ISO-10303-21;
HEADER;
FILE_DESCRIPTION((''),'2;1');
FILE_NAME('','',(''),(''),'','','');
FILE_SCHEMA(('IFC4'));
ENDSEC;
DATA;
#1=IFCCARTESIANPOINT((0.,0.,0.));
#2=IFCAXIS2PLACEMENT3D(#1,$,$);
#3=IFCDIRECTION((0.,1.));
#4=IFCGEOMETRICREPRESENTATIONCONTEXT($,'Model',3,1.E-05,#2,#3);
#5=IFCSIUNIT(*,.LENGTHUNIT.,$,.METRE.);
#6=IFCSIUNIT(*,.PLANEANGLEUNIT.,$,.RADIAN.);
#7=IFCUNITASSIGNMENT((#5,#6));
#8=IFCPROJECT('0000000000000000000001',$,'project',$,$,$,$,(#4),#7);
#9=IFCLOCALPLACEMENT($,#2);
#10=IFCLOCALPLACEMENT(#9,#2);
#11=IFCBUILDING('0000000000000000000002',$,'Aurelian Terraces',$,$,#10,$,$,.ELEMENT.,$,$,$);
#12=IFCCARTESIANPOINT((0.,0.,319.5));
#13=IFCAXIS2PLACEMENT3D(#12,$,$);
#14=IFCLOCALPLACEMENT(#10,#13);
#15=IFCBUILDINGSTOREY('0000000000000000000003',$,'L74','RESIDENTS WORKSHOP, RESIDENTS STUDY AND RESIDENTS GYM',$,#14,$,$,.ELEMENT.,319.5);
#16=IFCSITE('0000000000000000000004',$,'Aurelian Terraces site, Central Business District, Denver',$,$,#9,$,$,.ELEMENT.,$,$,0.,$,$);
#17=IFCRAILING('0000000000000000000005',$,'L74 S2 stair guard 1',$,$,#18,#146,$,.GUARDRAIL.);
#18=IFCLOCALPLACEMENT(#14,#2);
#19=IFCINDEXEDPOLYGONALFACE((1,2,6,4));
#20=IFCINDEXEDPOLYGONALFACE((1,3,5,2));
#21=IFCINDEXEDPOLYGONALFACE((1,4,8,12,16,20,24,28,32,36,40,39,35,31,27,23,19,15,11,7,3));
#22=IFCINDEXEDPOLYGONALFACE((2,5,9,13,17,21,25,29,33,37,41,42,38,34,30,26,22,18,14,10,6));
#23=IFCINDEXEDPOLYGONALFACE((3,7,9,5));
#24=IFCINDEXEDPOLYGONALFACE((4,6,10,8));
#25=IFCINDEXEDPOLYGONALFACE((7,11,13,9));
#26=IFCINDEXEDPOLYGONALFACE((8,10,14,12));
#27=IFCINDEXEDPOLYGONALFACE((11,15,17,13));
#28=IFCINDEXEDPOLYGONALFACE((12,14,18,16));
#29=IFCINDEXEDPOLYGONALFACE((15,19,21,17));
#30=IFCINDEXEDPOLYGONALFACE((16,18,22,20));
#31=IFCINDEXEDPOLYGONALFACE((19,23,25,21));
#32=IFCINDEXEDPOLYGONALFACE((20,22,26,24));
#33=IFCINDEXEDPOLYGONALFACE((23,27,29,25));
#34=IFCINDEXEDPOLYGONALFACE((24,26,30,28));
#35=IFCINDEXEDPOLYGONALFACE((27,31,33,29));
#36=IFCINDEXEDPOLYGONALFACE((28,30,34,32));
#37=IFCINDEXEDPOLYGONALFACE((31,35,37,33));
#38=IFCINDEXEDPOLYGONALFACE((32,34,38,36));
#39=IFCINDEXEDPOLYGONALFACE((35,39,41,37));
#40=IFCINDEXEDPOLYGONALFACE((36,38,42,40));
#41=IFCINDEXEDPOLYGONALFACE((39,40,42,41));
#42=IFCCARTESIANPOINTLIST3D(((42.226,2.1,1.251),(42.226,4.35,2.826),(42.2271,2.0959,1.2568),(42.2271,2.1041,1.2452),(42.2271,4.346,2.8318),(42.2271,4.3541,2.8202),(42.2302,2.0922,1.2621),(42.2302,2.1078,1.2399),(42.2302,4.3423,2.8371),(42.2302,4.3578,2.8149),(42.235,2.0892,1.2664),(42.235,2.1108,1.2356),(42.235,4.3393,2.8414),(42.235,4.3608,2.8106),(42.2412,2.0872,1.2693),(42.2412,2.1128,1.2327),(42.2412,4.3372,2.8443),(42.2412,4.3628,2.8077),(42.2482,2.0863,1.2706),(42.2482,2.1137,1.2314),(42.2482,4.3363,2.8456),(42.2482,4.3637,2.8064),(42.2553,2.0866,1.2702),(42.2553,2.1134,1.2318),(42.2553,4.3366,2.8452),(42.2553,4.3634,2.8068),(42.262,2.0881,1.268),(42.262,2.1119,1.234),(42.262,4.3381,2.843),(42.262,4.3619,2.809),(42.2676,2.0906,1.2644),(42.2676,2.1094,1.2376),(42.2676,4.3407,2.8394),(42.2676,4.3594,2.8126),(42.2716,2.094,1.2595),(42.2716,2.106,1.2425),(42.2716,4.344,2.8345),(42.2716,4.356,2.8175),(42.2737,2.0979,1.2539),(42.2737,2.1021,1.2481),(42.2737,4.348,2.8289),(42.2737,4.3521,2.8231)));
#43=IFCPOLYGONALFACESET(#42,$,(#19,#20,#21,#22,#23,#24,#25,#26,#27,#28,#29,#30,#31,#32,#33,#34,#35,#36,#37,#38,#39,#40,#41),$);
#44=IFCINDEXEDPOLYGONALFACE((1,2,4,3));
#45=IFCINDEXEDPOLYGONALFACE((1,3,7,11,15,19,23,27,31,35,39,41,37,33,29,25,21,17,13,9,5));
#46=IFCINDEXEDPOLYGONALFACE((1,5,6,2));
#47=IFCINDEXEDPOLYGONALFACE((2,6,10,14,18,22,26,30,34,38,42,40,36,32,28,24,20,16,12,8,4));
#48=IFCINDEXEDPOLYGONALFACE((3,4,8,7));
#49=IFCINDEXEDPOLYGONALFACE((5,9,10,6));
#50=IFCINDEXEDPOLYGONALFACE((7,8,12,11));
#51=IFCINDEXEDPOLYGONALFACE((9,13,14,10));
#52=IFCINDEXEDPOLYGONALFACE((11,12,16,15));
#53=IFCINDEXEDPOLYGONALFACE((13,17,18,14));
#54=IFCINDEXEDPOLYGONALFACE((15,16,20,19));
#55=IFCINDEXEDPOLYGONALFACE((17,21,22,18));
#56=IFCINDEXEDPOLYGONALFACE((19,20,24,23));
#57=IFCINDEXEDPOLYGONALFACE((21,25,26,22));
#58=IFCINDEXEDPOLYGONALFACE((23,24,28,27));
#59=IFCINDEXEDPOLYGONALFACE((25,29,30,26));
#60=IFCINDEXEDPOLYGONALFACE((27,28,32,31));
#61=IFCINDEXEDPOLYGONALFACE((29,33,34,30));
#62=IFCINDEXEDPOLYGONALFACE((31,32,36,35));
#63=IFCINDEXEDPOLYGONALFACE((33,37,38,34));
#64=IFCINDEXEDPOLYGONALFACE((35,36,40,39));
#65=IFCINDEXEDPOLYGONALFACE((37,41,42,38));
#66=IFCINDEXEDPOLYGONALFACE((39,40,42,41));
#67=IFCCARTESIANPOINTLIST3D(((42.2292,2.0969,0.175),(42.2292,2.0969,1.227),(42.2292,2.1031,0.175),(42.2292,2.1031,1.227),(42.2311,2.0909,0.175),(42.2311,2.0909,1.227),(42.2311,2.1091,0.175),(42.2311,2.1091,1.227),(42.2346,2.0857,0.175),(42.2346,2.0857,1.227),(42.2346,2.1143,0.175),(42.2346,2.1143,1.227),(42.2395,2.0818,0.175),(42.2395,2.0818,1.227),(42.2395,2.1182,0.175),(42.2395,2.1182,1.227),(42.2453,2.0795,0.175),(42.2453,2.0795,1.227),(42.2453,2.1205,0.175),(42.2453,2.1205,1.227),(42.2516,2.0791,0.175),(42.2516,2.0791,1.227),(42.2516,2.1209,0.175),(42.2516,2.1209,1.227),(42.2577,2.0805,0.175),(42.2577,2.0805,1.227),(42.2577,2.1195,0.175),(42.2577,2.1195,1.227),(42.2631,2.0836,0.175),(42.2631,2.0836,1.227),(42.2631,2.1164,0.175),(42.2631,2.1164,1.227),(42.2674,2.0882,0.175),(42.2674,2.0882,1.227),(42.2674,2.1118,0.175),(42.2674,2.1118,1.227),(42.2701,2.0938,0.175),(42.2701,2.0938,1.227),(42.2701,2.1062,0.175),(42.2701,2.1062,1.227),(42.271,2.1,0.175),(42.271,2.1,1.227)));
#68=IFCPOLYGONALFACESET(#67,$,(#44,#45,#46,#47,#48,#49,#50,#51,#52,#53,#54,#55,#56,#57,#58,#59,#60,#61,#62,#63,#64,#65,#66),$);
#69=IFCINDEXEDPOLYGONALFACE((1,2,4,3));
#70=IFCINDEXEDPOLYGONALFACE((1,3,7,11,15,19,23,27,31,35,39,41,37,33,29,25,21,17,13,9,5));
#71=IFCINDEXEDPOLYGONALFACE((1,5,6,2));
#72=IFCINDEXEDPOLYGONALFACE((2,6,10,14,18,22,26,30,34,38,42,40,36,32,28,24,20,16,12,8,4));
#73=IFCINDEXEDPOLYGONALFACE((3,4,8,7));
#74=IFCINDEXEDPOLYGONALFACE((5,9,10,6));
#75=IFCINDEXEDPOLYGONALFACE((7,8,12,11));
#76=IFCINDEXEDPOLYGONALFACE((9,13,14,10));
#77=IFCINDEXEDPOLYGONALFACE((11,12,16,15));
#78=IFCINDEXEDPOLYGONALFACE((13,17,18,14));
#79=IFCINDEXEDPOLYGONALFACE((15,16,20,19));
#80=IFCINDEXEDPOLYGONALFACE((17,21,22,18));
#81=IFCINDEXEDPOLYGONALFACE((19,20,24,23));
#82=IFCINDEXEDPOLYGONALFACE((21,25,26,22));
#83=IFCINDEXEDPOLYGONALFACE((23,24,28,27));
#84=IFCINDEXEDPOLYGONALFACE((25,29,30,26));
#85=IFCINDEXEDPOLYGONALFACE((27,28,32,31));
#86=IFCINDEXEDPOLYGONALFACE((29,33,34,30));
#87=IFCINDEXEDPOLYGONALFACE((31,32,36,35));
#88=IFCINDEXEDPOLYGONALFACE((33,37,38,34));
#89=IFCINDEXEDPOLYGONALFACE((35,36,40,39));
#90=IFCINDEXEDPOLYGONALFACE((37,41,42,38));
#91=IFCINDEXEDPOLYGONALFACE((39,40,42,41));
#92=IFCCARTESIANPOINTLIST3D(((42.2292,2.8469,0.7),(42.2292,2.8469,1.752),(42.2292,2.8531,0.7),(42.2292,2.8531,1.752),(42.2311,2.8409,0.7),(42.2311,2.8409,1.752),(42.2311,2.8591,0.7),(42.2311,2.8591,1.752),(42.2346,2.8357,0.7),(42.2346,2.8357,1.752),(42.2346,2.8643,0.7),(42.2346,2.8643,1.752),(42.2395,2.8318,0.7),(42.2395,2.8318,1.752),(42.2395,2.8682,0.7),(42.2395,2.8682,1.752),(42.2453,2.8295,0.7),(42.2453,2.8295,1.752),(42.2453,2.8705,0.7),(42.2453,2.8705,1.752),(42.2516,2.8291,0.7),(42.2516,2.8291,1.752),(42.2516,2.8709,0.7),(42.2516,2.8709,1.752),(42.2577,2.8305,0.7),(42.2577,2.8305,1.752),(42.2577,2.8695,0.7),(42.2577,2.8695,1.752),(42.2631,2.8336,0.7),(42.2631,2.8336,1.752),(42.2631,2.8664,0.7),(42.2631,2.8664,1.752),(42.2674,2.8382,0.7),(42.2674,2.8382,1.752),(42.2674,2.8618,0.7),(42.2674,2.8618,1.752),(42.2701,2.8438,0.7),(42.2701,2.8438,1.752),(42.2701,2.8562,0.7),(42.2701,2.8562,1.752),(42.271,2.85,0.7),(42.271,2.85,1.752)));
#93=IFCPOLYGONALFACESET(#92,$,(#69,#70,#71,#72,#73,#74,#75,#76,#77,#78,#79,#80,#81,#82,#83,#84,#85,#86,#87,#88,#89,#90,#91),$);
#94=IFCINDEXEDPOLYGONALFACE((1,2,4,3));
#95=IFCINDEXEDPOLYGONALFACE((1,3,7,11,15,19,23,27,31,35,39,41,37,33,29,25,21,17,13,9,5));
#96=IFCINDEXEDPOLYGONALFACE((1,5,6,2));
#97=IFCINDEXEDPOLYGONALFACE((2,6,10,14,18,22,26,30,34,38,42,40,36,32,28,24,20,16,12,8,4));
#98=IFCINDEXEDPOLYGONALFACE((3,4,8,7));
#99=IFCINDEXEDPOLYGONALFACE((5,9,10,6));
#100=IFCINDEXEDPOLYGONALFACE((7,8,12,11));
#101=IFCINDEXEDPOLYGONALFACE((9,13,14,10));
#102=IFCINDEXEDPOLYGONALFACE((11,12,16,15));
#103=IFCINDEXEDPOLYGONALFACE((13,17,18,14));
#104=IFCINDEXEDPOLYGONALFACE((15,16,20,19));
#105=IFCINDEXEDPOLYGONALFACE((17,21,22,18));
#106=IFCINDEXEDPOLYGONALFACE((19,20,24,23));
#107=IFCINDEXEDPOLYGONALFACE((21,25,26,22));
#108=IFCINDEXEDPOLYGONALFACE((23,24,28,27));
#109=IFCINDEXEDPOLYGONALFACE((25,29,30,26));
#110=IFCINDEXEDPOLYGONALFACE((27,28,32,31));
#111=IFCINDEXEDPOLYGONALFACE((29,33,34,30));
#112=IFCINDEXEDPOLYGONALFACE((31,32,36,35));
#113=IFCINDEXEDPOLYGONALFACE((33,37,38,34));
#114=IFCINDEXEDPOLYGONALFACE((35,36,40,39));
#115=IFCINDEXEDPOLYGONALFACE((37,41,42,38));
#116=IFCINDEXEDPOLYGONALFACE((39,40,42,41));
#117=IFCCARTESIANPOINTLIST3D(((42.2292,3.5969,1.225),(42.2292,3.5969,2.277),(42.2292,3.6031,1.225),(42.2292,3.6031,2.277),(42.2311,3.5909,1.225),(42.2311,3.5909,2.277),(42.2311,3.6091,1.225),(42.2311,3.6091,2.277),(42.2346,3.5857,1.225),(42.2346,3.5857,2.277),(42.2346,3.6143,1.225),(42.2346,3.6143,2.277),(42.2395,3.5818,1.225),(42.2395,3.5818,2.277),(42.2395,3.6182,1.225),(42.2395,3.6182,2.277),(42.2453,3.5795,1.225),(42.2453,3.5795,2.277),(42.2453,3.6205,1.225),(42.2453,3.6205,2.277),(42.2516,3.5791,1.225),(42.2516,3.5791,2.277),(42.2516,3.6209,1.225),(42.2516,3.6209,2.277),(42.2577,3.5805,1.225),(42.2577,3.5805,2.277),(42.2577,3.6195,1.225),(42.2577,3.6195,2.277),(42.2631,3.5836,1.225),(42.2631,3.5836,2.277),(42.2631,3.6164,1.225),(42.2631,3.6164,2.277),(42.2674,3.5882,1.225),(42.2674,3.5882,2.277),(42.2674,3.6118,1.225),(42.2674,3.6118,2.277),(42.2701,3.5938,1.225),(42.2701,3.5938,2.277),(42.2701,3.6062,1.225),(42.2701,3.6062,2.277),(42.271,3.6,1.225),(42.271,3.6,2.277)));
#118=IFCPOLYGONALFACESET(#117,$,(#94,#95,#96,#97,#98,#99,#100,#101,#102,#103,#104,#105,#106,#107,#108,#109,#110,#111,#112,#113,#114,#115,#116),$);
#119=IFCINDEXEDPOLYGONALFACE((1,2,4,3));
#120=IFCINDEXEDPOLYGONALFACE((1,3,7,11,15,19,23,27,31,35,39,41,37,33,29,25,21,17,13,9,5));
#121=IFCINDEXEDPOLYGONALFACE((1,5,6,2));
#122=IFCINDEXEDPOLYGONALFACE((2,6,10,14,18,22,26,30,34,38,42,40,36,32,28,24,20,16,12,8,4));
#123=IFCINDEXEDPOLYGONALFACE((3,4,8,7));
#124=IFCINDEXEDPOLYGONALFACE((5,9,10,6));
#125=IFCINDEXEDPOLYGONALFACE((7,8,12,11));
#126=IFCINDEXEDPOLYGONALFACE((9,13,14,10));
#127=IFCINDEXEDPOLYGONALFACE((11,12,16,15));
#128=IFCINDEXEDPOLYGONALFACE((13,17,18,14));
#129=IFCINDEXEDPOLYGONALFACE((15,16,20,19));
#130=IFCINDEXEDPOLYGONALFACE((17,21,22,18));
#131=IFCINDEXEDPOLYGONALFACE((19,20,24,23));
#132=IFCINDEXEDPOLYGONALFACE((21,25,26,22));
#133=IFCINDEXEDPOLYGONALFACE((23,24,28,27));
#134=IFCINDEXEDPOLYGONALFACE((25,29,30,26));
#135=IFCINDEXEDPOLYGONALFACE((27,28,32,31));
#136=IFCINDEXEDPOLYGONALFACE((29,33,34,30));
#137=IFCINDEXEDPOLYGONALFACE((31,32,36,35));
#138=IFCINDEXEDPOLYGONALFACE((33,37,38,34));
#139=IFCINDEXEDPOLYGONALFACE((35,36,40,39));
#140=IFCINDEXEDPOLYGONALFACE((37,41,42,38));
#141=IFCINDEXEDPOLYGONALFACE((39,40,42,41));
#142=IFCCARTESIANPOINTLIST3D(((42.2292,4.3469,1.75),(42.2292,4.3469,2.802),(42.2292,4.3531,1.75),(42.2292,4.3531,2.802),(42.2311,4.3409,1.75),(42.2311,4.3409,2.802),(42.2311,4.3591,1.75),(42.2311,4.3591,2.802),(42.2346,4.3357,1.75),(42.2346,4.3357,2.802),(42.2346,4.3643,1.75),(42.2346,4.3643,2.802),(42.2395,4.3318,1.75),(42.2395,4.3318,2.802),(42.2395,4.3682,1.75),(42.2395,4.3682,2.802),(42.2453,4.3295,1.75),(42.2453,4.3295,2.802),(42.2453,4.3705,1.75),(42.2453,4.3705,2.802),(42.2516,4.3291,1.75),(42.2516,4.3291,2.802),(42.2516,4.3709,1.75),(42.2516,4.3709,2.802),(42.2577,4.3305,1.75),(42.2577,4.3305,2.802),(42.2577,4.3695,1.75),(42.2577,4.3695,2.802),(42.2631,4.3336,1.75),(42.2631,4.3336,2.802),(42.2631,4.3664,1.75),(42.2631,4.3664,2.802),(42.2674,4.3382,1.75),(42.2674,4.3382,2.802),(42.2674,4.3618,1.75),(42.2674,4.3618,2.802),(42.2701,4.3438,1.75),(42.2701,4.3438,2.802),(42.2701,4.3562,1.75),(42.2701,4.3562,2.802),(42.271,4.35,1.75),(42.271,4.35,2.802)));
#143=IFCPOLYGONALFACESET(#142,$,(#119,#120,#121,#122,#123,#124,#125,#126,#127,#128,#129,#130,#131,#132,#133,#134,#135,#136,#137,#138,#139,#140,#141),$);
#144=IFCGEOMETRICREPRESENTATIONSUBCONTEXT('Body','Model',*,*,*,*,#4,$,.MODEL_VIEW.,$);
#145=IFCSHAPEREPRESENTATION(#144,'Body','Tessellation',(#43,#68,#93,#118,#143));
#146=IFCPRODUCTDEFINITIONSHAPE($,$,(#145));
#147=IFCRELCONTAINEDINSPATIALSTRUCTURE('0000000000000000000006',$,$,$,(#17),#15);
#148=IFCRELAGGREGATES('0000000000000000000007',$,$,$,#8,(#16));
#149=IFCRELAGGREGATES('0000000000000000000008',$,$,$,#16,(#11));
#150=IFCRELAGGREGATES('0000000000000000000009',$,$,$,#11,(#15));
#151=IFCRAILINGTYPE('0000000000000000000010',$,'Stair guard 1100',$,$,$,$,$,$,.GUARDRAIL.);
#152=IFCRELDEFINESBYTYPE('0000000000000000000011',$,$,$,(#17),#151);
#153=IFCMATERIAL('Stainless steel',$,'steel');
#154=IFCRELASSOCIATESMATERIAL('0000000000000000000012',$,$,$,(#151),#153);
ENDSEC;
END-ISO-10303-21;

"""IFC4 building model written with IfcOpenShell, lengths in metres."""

from ifc_helpers import new_model, si_unit, direction, frame, origin, origin_2d, place, context, subcontext, project, spatial, circle, extrude, source, transform, mapped, material, type_object, element, save


model = new_model("IFC4")

# Units and contexts
model_context = context("Model", 3, precision=1e-05, world=origin(), true_north=direction((0.0, 1.0)))
body_context = subcontext(model_context, "Body", "Model", "MODEL_VIEW")
ifc_project = project(units=[si_unit("LENGTHUNIT", "METRE"), si_unit("PLANEANGLEUNIT", "RADIAN")], contexts=[model_context])

# Site, building, storey
site_placement = place(None, origin())
site = spatial("IfcSite", under=ifc_project, at=site_placement, Name="Aurelian Terraces site, Central Business District, Denver", CompositionType="ELEMENT", RefElevation=0.0)
building_placement = place(site_placement, origin())
building = spatial("IfcBuilding", under=site, at=building_placement, Name="Aurelian Terraces", CompositionType="ELEMENT")
storey_placement = place(building_placement, frame((0.0, 0.0, 319.5)))
storey = spatial("IfcBuildingStorey", under=building, at=storey_placement, Name="L74", Description="RESIDENTS WORKSHOP, RESIDENTS STUDY AND RESIDENTS GYM", CompositionType="ELEMENT", Elevation=319.5)

# Railing
ifc_material_1 = material(Name="Stainless steel", Category="steel")
railing_type_1 = type_object("IfcRailingType", Name="Stair guard 1100", PredefinedType="GUARDRAIL", material=ifc_material_1)
shared_shape_1 = source(origin(), body_context, "Body", "SweptSolid", [
    extrude(circle(Radius=0.024, at=origin_2d()), frame((0.0, 0.0, 1.076), z_axis=(0.0, 0.819232, 0.573462), x_axis=(-1.0, 0.0, 0.0)), (0.0, 0.0, 1.0), 2.7465),
    extrude(circle(Radius=0.021, at=origin_2d()), origin(), (0.0, 0.0, 1.0), 1.052),
    extrude(circle(Radius=0.021, at=origin_2d()), frame((0.0, 0.75, 0.525)), (0.0, 0.0, 1.0), 1.052),
    extrude(circle(Radius=0.021, at=origin_2d()), frame((0.0, 1.5, 1.05)), (0.0, 0.0, 1.0), 1.052),
    extrude(circle(Radius=0.021, at=origin_2d()), frame((0.0, 2.25, 1.575)), (0.0, 0.0, 1.0), 1.052),
])
railing_1_placement = place(storey_placement, frame((42.25, 2.1, 0.175)))
element("IfcRailing", 1, at=railing_1_placement, inside=storey, type_object=railing_type_1, Name="L74 S2 stair guard 1", PredefinedType="GUARDRAIL", context=body_context, shape_type="MappedRepresentation", body=[
    mapped(shared_shape_1, transform((0.0, 0.0, 0.0), scale=1.0)),
])

save(model, "model.ifc")
